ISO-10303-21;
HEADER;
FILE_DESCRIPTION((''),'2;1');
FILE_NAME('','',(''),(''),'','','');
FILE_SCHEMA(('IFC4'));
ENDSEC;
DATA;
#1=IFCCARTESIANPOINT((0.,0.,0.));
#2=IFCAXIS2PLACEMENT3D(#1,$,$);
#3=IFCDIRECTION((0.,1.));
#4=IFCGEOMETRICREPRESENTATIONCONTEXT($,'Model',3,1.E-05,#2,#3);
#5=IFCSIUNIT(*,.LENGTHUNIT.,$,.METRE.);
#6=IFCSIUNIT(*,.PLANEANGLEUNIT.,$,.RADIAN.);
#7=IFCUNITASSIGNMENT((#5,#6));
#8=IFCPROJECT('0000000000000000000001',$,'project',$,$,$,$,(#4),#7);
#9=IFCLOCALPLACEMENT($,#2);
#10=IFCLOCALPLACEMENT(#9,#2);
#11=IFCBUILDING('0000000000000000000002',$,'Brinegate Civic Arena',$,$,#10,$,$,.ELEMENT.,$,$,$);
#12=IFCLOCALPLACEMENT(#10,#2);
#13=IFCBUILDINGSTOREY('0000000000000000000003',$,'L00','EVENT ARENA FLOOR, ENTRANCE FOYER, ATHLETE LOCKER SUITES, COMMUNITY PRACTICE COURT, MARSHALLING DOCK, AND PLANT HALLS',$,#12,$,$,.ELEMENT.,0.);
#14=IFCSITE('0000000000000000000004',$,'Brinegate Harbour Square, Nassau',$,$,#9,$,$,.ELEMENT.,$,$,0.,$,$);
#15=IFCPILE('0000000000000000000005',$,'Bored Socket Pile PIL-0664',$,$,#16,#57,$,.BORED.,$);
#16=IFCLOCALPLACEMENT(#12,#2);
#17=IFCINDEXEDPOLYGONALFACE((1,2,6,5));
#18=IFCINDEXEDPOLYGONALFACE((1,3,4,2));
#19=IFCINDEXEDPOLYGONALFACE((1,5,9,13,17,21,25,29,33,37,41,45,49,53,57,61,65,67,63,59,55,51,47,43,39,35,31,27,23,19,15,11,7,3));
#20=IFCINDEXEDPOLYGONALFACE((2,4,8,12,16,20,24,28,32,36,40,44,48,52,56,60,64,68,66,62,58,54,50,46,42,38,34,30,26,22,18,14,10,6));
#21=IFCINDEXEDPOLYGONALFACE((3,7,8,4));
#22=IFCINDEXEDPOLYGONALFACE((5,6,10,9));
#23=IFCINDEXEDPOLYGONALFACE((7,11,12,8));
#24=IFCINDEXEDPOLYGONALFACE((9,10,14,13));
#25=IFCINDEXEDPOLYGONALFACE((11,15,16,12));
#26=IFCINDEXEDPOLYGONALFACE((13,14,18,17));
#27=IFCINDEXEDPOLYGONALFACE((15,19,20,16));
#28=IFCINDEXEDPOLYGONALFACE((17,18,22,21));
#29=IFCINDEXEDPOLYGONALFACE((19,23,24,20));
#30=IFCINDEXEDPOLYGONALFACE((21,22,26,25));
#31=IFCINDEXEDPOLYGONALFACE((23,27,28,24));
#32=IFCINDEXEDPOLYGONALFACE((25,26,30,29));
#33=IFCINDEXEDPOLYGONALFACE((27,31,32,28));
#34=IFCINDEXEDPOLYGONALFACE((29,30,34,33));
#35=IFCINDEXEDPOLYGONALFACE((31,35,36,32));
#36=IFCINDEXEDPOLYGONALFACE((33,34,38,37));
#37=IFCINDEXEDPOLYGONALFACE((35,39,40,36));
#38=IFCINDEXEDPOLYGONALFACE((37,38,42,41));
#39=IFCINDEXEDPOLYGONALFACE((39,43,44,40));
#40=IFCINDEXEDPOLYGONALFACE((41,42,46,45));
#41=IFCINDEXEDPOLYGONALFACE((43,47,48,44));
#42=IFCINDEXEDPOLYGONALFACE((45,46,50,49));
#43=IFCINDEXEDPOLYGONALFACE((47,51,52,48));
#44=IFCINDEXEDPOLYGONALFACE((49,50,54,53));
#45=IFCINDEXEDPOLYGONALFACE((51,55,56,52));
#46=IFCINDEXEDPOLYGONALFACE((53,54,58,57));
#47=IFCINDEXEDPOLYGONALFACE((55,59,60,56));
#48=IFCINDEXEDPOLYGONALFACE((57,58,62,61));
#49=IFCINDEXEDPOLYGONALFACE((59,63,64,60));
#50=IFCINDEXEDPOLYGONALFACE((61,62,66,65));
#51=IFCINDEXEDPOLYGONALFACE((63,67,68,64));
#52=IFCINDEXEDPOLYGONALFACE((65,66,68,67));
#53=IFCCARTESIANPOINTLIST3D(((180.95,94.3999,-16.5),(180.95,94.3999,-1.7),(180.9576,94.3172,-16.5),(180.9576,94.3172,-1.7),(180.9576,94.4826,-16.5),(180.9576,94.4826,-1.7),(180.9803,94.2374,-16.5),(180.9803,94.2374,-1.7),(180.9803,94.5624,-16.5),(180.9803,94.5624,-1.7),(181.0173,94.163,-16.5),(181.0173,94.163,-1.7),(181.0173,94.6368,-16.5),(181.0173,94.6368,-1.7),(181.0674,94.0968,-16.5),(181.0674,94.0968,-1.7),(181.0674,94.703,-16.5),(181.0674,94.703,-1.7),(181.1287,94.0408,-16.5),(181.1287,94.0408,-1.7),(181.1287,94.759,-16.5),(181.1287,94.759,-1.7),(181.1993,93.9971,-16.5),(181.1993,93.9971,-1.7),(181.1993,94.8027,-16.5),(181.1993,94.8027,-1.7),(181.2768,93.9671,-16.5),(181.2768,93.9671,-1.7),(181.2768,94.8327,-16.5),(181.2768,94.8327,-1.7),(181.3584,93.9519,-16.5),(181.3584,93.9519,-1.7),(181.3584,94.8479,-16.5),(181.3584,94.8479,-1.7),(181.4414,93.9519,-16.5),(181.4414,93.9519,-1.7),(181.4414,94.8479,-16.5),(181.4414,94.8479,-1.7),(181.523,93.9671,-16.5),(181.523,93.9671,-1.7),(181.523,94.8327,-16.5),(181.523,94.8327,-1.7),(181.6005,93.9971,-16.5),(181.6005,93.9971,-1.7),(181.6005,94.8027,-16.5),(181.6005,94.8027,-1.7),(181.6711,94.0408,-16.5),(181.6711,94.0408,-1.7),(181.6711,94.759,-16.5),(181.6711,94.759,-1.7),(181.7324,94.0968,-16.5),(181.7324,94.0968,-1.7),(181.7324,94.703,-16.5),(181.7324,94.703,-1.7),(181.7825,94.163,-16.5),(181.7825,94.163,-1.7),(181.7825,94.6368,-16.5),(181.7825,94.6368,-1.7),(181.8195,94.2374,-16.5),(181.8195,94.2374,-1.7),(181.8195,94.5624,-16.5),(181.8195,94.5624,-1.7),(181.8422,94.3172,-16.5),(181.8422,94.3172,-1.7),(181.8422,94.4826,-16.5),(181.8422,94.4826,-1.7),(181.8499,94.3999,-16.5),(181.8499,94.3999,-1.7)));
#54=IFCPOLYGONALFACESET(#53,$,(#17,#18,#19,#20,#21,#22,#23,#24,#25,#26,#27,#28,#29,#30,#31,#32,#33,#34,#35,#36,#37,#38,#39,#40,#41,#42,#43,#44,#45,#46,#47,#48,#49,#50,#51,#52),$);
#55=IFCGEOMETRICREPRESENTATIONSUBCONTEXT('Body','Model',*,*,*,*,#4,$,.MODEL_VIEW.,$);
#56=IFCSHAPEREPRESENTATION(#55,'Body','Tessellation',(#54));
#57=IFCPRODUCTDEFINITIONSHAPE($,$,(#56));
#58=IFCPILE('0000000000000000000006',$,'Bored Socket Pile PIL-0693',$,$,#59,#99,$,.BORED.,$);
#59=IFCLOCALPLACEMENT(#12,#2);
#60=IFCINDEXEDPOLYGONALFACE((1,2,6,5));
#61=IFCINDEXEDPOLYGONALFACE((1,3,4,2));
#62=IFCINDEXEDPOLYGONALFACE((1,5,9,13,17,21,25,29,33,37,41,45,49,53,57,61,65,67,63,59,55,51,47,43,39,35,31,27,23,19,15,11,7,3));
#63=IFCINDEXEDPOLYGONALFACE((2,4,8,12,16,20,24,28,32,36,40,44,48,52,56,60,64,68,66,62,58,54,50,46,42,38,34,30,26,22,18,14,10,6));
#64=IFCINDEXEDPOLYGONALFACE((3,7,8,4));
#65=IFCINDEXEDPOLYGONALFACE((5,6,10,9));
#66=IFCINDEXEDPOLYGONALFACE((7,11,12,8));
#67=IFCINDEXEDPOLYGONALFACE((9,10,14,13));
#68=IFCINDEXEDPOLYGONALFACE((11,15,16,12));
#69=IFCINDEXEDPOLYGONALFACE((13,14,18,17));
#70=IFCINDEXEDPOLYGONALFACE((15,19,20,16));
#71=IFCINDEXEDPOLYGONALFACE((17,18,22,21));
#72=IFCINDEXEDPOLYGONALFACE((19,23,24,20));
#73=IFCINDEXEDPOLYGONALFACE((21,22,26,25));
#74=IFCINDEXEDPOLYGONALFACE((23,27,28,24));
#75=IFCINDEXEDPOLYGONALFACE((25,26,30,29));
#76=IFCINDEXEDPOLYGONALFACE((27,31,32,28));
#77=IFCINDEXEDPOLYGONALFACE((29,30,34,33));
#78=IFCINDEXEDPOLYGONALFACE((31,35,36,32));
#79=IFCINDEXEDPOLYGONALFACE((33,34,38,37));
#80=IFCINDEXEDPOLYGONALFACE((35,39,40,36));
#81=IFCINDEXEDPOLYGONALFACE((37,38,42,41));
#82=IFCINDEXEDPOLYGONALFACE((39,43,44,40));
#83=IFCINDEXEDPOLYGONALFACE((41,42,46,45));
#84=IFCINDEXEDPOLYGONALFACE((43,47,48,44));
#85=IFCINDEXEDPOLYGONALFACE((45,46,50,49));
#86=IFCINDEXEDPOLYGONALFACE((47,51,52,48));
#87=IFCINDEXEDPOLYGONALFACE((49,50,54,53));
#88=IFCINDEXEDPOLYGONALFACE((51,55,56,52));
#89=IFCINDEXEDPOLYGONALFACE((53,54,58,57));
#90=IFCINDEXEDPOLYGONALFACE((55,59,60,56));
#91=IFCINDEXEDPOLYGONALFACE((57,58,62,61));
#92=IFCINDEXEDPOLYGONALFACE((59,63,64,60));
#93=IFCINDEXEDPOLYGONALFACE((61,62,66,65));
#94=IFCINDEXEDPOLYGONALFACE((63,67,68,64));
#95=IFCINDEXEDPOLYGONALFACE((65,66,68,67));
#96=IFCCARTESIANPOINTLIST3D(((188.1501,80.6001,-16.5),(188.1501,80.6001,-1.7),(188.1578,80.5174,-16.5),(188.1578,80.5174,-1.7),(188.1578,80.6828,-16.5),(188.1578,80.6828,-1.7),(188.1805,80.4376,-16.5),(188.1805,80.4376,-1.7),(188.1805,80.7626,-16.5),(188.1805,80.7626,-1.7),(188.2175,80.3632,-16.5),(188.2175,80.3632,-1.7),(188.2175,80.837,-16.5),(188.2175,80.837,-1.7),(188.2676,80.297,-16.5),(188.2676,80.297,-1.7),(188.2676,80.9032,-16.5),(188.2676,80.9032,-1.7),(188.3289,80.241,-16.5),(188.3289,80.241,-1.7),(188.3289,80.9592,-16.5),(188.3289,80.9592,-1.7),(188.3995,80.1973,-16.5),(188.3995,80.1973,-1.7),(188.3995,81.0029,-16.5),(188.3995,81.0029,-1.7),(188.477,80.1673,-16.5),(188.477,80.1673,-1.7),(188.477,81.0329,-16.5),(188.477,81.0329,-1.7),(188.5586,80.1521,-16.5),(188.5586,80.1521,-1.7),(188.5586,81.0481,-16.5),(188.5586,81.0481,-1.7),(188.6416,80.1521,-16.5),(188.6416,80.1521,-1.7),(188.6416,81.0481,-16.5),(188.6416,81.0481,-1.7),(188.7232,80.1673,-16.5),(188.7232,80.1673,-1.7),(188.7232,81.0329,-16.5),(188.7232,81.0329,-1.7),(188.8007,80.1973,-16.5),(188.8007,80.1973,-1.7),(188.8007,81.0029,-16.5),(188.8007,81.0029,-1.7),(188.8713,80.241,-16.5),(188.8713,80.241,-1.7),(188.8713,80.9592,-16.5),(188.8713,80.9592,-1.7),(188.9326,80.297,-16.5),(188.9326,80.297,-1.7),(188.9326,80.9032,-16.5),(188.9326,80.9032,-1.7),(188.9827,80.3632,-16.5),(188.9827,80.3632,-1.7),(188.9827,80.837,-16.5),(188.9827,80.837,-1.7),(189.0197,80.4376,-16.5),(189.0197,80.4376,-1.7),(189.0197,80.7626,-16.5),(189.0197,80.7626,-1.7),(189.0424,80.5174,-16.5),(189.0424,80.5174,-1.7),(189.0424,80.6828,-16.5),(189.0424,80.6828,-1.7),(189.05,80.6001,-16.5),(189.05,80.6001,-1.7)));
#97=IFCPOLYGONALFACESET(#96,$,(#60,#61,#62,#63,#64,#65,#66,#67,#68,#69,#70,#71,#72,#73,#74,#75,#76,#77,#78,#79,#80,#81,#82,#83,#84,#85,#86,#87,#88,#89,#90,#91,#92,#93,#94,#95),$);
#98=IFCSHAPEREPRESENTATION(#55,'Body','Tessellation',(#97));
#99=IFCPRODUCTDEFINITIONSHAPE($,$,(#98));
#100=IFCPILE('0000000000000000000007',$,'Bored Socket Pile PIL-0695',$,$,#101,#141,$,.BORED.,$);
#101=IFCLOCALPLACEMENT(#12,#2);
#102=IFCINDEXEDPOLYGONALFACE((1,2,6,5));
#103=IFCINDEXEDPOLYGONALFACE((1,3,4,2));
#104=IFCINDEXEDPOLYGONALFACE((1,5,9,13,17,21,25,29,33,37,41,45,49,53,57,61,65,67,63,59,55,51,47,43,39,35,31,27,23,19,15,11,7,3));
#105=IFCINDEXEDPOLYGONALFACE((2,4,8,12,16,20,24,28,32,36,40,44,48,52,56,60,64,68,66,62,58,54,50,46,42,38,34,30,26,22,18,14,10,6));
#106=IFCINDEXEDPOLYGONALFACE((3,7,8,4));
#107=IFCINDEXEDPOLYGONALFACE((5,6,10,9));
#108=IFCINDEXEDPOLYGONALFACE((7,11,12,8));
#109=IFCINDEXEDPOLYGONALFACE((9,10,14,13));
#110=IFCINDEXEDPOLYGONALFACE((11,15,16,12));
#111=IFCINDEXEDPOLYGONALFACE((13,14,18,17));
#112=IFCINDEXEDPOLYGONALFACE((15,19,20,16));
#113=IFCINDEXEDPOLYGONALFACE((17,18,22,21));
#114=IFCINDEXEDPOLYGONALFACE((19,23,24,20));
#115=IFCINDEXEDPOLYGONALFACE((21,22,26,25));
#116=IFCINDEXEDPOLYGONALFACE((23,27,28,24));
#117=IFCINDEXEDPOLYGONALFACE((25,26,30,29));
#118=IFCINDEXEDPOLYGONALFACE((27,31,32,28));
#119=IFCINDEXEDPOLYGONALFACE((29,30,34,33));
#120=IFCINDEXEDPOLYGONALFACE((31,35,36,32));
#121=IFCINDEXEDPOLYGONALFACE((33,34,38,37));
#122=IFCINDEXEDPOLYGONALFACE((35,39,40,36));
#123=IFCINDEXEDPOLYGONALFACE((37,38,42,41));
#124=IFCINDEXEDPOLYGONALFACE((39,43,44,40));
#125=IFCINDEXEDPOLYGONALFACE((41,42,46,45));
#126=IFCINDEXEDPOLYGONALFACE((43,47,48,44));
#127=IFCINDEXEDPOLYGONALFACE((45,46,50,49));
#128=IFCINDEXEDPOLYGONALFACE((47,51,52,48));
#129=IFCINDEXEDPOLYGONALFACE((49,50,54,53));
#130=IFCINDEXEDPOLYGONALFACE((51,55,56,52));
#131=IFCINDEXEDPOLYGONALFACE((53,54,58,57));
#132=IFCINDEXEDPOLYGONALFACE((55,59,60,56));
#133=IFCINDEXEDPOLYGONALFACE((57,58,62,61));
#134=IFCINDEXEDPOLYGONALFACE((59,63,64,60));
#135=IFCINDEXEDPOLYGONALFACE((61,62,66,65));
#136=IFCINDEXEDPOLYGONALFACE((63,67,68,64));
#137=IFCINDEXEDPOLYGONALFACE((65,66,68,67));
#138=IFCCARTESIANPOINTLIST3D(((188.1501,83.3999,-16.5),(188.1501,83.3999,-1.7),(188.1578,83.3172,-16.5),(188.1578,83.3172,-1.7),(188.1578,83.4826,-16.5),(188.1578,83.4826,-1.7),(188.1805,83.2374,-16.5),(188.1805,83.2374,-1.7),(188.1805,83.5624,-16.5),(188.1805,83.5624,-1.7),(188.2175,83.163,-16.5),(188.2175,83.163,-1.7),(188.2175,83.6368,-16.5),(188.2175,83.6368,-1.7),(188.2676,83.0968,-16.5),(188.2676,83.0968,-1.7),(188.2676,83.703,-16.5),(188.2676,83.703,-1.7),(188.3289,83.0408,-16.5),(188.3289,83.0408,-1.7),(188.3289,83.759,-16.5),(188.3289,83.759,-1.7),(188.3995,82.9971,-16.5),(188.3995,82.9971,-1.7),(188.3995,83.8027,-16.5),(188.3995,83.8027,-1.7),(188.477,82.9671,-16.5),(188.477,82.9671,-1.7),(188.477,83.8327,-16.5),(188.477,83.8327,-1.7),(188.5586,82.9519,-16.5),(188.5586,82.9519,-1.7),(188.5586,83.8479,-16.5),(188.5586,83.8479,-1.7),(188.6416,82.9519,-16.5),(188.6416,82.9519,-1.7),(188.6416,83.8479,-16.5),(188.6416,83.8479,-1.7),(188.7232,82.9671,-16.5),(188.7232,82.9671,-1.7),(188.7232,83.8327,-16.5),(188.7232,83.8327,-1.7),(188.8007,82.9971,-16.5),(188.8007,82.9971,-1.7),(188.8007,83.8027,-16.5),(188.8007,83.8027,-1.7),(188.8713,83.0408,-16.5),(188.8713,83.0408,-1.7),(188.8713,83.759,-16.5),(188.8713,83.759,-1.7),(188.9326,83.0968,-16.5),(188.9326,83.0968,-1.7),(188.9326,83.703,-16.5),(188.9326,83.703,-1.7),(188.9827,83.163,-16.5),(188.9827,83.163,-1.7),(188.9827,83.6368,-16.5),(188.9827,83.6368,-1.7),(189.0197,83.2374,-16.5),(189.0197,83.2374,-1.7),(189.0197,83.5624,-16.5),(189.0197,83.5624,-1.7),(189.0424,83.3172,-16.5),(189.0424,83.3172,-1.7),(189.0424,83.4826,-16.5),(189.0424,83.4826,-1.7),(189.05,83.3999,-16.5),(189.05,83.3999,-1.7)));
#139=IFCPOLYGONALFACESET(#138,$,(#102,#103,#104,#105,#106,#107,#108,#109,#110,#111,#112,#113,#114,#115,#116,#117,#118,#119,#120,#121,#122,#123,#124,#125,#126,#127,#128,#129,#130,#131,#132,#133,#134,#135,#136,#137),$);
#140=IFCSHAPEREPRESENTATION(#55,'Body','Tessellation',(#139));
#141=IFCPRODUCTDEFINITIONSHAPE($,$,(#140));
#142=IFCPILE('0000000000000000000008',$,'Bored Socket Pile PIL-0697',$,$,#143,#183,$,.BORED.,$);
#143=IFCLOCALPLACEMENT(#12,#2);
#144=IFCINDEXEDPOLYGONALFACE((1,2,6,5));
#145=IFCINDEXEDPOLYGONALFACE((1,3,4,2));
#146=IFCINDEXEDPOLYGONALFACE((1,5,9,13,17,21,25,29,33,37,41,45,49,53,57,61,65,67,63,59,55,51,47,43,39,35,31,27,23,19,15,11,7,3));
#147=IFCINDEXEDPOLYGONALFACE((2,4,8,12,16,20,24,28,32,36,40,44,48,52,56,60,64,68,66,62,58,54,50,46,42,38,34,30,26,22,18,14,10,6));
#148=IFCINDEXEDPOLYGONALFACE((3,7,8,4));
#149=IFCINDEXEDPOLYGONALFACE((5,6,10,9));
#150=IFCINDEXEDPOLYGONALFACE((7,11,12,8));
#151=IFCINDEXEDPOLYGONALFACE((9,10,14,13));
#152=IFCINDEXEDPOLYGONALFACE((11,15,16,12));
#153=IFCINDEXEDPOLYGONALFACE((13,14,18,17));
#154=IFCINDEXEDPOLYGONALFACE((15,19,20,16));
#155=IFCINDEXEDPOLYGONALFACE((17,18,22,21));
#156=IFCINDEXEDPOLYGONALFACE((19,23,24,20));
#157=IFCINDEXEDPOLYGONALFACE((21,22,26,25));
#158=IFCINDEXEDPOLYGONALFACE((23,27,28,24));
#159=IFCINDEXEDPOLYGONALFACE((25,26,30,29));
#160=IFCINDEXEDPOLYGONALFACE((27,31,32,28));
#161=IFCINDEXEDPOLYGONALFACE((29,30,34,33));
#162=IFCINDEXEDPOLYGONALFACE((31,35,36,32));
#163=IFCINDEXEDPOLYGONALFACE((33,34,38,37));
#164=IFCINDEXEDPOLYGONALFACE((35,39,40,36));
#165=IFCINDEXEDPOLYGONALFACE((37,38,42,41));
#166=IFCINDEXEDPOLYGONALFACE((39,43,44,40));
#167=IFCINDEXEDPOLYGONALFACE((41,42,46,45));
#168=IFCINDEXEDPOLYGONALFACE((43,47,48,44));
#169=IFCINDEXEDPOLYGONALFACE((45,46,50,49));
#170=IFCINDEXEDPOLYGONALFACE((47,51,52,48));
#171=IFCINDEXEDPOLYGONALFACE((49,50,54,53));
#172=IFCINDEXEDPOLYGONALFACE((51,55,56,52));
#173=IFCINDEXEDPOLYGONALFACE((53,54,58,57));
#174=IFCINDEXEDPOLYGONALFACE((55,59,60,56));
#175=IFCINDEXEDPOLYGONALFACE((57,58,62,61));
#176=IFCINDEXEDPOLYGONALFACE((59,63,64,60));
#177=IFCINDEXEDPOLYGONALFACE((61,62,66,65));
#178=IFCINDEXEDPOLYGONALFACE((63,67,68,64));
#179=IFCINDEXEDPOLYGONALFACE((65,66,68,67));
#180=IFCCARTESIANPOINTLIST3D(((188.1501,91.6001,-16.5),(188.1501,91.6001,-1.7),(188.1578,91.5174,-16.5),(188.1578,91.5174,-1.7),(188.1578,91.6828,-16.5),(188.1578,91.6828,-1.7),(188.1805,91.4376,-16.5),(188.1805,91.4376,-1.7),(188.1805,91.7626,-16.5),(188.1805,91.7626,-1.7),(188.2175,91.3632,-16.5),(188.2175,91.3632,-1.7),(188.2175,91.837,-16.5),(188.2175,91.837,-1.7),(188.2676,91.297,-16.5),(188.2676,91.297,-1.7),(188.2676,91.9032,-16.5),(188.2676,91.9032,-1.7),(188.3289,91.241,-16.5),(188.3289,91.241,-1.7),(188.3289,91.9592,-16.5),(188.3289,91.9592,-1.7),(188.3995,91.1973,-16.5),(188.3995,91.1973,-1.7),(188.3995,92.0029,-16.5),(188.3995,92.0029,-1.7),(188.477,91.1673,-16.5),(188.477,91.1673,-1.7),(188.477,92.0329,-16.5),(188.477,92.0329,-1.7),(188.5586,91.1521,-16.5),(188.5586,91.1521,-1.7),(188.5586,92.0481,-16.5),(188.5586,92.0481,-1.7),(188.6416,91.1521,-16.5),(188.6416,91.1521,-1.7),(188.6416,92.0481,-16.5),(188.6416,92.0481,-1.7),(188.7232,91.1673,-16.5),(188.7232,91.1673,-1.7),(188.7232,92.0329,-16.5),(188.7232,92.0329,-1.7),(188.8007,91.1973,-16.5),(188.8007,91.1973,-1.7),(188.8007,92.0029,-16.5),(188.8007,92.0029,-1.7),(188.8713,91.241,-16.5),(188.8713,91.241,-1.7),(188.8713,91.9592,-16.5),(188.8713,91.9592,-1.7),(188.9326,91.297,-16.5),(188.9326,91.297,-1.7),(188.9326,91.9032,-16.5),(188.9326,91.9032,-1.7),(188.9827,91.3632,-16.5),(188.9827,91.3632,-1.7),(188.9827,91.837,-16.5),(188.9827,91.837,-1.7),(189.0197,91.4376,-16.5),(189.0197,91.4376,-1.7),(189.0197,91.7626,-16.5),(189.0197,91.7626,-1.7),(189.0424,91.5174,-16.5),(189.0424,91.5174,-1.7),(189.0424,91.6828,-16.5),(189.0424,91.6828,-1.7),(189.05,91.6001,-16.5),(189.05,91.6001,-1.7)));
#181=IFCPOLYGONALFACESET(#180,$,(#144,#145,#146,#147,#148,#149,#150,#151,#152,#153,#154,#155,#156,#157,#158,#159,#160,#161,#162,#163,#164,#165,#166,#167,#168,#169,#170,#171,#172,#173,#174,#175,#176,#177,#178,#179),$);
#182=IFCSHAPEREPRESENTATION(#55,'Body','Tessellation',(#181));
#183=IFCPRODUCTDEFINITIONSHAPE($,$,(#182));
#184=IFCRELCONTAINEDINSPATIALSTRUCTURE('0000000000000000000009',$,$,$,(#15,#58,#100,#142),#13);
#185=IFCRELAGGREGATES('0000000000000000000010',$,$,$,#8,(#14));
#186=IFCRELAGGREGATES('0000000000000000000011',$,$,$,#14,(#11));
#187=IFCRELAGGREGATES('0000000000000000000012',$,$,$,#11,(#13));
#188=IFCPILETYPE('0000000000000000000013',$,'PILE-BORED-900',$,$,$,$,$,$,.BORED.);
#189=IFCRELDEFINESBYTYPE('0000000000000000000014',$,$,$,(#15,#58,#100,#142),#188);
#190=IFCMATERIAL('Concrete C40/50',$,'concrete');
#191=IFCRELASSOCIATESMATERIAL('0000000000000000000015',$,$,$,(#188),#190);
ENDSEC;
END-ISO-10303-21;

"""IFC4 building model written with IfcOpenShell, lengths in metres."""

from ifc_helpers import new_model, si_unit, direction, frame, origin, origin_2d, place, context, subcontext, project, spatial, circle, extrude, material, material_profile, profile_set, type_object, element, save


model = new_model("IFC4")

# Units and contexts
model_context = context("Model", 3, precision=1e-05, world=origin(), true_north=direction((0.0, 1.0)))
body_context = subcontext(model_context, "Body", "Model", "MODEL_VIEW")
ifc_project = project(units=[si_unit("LENGTHUNIT", "METRE"), si_unit("PLANEANGLEUNIT", "RADIAN")], contexts=[model_context])

# Site, building, storey
site_placement = place(None, origin())
site = spatial("IfcSite", under=ifc_project, at=site_placement, Name="Brinegate Harbour Square, Nassau", CompositionType="ELEMENT", RefElevation=0.0)
building_placement = place(site_placement, origin())
building = spatial("IfcBuilding", under=site, at=building_placement, Name="Brinegate Civic Arena", CompositionType="ELEMENT")
storey_placement = place(building_placement, origin())
storey = spatial("IfcBuildingStorey", under=building, at=storey_placement, Name="L00", Description="EVENT ARENA FLOOR, ENTRANCE FOYER, ATHLETE LOCKER SUITES, COMMUNITY PRACTICE COURT, MARSHALLING DOCK, AND PLANT HALLS", CompositionType="ELEMENT", Elevation=0.0)

# Shared definitions
ifc_material_1 = material(Name="Concrete C40/50", Category="concrete")

# Piles
ifc_material_profile_1 = material_profile(ifc_material_1, circle(Radius=0.45, at=origin_2d()), Name="PILED900")
ifc_profile_set_1 = profile_set([ifc_material_profile_1], Name="Concrete C40/50")
pile_type_1 = type_object("IfcPileType", Name="PILE-BORED-900", PredefinedType="BORED", material=ifc_profile_set_1)
for number, where, z_axis, x_axis, name in (
    (1, (181.3999, 94.3999, -1.7), (0.0, 0.0, -1.0), (1.0, 0.0, 0.0), "Bored Socket Pile PIL-0664"),
    (2, (188.6001, 80.6001, -1.7), (0.0, 0.0, -1.0), (1.0, 0.0, 0.0), "Bored Socket Pile PIL-0693"),
    (3, (188.6001, 83.3999, -1.7), (0.0, 0.0, -1.0), (1.0, 0.0, 0.0), "Bored Socket Pile PIL-0695"),
    (4, (188.6001, 91.6001, -1.7), (0.0, 0.0, -1.0), (1.0, 0.0, 0.0), "Bored Socket Pile PIL-0697"),
):
    element("IfcPile", number, at=place(storey_placement, frame(where, z_axis=z_axis, x_axis=x_axis)), inside=storey, type_object=pile_type_1, Name=name, PredefinedType="BORED", context=body_context, shape_type="SweptSolid", body=[
        extrude(circle(Radius=0.45, at=origin_2d()), origin(), (0.0, 0.0, 1.0), 14.8),
    ])

save(model, "model.ifc")
